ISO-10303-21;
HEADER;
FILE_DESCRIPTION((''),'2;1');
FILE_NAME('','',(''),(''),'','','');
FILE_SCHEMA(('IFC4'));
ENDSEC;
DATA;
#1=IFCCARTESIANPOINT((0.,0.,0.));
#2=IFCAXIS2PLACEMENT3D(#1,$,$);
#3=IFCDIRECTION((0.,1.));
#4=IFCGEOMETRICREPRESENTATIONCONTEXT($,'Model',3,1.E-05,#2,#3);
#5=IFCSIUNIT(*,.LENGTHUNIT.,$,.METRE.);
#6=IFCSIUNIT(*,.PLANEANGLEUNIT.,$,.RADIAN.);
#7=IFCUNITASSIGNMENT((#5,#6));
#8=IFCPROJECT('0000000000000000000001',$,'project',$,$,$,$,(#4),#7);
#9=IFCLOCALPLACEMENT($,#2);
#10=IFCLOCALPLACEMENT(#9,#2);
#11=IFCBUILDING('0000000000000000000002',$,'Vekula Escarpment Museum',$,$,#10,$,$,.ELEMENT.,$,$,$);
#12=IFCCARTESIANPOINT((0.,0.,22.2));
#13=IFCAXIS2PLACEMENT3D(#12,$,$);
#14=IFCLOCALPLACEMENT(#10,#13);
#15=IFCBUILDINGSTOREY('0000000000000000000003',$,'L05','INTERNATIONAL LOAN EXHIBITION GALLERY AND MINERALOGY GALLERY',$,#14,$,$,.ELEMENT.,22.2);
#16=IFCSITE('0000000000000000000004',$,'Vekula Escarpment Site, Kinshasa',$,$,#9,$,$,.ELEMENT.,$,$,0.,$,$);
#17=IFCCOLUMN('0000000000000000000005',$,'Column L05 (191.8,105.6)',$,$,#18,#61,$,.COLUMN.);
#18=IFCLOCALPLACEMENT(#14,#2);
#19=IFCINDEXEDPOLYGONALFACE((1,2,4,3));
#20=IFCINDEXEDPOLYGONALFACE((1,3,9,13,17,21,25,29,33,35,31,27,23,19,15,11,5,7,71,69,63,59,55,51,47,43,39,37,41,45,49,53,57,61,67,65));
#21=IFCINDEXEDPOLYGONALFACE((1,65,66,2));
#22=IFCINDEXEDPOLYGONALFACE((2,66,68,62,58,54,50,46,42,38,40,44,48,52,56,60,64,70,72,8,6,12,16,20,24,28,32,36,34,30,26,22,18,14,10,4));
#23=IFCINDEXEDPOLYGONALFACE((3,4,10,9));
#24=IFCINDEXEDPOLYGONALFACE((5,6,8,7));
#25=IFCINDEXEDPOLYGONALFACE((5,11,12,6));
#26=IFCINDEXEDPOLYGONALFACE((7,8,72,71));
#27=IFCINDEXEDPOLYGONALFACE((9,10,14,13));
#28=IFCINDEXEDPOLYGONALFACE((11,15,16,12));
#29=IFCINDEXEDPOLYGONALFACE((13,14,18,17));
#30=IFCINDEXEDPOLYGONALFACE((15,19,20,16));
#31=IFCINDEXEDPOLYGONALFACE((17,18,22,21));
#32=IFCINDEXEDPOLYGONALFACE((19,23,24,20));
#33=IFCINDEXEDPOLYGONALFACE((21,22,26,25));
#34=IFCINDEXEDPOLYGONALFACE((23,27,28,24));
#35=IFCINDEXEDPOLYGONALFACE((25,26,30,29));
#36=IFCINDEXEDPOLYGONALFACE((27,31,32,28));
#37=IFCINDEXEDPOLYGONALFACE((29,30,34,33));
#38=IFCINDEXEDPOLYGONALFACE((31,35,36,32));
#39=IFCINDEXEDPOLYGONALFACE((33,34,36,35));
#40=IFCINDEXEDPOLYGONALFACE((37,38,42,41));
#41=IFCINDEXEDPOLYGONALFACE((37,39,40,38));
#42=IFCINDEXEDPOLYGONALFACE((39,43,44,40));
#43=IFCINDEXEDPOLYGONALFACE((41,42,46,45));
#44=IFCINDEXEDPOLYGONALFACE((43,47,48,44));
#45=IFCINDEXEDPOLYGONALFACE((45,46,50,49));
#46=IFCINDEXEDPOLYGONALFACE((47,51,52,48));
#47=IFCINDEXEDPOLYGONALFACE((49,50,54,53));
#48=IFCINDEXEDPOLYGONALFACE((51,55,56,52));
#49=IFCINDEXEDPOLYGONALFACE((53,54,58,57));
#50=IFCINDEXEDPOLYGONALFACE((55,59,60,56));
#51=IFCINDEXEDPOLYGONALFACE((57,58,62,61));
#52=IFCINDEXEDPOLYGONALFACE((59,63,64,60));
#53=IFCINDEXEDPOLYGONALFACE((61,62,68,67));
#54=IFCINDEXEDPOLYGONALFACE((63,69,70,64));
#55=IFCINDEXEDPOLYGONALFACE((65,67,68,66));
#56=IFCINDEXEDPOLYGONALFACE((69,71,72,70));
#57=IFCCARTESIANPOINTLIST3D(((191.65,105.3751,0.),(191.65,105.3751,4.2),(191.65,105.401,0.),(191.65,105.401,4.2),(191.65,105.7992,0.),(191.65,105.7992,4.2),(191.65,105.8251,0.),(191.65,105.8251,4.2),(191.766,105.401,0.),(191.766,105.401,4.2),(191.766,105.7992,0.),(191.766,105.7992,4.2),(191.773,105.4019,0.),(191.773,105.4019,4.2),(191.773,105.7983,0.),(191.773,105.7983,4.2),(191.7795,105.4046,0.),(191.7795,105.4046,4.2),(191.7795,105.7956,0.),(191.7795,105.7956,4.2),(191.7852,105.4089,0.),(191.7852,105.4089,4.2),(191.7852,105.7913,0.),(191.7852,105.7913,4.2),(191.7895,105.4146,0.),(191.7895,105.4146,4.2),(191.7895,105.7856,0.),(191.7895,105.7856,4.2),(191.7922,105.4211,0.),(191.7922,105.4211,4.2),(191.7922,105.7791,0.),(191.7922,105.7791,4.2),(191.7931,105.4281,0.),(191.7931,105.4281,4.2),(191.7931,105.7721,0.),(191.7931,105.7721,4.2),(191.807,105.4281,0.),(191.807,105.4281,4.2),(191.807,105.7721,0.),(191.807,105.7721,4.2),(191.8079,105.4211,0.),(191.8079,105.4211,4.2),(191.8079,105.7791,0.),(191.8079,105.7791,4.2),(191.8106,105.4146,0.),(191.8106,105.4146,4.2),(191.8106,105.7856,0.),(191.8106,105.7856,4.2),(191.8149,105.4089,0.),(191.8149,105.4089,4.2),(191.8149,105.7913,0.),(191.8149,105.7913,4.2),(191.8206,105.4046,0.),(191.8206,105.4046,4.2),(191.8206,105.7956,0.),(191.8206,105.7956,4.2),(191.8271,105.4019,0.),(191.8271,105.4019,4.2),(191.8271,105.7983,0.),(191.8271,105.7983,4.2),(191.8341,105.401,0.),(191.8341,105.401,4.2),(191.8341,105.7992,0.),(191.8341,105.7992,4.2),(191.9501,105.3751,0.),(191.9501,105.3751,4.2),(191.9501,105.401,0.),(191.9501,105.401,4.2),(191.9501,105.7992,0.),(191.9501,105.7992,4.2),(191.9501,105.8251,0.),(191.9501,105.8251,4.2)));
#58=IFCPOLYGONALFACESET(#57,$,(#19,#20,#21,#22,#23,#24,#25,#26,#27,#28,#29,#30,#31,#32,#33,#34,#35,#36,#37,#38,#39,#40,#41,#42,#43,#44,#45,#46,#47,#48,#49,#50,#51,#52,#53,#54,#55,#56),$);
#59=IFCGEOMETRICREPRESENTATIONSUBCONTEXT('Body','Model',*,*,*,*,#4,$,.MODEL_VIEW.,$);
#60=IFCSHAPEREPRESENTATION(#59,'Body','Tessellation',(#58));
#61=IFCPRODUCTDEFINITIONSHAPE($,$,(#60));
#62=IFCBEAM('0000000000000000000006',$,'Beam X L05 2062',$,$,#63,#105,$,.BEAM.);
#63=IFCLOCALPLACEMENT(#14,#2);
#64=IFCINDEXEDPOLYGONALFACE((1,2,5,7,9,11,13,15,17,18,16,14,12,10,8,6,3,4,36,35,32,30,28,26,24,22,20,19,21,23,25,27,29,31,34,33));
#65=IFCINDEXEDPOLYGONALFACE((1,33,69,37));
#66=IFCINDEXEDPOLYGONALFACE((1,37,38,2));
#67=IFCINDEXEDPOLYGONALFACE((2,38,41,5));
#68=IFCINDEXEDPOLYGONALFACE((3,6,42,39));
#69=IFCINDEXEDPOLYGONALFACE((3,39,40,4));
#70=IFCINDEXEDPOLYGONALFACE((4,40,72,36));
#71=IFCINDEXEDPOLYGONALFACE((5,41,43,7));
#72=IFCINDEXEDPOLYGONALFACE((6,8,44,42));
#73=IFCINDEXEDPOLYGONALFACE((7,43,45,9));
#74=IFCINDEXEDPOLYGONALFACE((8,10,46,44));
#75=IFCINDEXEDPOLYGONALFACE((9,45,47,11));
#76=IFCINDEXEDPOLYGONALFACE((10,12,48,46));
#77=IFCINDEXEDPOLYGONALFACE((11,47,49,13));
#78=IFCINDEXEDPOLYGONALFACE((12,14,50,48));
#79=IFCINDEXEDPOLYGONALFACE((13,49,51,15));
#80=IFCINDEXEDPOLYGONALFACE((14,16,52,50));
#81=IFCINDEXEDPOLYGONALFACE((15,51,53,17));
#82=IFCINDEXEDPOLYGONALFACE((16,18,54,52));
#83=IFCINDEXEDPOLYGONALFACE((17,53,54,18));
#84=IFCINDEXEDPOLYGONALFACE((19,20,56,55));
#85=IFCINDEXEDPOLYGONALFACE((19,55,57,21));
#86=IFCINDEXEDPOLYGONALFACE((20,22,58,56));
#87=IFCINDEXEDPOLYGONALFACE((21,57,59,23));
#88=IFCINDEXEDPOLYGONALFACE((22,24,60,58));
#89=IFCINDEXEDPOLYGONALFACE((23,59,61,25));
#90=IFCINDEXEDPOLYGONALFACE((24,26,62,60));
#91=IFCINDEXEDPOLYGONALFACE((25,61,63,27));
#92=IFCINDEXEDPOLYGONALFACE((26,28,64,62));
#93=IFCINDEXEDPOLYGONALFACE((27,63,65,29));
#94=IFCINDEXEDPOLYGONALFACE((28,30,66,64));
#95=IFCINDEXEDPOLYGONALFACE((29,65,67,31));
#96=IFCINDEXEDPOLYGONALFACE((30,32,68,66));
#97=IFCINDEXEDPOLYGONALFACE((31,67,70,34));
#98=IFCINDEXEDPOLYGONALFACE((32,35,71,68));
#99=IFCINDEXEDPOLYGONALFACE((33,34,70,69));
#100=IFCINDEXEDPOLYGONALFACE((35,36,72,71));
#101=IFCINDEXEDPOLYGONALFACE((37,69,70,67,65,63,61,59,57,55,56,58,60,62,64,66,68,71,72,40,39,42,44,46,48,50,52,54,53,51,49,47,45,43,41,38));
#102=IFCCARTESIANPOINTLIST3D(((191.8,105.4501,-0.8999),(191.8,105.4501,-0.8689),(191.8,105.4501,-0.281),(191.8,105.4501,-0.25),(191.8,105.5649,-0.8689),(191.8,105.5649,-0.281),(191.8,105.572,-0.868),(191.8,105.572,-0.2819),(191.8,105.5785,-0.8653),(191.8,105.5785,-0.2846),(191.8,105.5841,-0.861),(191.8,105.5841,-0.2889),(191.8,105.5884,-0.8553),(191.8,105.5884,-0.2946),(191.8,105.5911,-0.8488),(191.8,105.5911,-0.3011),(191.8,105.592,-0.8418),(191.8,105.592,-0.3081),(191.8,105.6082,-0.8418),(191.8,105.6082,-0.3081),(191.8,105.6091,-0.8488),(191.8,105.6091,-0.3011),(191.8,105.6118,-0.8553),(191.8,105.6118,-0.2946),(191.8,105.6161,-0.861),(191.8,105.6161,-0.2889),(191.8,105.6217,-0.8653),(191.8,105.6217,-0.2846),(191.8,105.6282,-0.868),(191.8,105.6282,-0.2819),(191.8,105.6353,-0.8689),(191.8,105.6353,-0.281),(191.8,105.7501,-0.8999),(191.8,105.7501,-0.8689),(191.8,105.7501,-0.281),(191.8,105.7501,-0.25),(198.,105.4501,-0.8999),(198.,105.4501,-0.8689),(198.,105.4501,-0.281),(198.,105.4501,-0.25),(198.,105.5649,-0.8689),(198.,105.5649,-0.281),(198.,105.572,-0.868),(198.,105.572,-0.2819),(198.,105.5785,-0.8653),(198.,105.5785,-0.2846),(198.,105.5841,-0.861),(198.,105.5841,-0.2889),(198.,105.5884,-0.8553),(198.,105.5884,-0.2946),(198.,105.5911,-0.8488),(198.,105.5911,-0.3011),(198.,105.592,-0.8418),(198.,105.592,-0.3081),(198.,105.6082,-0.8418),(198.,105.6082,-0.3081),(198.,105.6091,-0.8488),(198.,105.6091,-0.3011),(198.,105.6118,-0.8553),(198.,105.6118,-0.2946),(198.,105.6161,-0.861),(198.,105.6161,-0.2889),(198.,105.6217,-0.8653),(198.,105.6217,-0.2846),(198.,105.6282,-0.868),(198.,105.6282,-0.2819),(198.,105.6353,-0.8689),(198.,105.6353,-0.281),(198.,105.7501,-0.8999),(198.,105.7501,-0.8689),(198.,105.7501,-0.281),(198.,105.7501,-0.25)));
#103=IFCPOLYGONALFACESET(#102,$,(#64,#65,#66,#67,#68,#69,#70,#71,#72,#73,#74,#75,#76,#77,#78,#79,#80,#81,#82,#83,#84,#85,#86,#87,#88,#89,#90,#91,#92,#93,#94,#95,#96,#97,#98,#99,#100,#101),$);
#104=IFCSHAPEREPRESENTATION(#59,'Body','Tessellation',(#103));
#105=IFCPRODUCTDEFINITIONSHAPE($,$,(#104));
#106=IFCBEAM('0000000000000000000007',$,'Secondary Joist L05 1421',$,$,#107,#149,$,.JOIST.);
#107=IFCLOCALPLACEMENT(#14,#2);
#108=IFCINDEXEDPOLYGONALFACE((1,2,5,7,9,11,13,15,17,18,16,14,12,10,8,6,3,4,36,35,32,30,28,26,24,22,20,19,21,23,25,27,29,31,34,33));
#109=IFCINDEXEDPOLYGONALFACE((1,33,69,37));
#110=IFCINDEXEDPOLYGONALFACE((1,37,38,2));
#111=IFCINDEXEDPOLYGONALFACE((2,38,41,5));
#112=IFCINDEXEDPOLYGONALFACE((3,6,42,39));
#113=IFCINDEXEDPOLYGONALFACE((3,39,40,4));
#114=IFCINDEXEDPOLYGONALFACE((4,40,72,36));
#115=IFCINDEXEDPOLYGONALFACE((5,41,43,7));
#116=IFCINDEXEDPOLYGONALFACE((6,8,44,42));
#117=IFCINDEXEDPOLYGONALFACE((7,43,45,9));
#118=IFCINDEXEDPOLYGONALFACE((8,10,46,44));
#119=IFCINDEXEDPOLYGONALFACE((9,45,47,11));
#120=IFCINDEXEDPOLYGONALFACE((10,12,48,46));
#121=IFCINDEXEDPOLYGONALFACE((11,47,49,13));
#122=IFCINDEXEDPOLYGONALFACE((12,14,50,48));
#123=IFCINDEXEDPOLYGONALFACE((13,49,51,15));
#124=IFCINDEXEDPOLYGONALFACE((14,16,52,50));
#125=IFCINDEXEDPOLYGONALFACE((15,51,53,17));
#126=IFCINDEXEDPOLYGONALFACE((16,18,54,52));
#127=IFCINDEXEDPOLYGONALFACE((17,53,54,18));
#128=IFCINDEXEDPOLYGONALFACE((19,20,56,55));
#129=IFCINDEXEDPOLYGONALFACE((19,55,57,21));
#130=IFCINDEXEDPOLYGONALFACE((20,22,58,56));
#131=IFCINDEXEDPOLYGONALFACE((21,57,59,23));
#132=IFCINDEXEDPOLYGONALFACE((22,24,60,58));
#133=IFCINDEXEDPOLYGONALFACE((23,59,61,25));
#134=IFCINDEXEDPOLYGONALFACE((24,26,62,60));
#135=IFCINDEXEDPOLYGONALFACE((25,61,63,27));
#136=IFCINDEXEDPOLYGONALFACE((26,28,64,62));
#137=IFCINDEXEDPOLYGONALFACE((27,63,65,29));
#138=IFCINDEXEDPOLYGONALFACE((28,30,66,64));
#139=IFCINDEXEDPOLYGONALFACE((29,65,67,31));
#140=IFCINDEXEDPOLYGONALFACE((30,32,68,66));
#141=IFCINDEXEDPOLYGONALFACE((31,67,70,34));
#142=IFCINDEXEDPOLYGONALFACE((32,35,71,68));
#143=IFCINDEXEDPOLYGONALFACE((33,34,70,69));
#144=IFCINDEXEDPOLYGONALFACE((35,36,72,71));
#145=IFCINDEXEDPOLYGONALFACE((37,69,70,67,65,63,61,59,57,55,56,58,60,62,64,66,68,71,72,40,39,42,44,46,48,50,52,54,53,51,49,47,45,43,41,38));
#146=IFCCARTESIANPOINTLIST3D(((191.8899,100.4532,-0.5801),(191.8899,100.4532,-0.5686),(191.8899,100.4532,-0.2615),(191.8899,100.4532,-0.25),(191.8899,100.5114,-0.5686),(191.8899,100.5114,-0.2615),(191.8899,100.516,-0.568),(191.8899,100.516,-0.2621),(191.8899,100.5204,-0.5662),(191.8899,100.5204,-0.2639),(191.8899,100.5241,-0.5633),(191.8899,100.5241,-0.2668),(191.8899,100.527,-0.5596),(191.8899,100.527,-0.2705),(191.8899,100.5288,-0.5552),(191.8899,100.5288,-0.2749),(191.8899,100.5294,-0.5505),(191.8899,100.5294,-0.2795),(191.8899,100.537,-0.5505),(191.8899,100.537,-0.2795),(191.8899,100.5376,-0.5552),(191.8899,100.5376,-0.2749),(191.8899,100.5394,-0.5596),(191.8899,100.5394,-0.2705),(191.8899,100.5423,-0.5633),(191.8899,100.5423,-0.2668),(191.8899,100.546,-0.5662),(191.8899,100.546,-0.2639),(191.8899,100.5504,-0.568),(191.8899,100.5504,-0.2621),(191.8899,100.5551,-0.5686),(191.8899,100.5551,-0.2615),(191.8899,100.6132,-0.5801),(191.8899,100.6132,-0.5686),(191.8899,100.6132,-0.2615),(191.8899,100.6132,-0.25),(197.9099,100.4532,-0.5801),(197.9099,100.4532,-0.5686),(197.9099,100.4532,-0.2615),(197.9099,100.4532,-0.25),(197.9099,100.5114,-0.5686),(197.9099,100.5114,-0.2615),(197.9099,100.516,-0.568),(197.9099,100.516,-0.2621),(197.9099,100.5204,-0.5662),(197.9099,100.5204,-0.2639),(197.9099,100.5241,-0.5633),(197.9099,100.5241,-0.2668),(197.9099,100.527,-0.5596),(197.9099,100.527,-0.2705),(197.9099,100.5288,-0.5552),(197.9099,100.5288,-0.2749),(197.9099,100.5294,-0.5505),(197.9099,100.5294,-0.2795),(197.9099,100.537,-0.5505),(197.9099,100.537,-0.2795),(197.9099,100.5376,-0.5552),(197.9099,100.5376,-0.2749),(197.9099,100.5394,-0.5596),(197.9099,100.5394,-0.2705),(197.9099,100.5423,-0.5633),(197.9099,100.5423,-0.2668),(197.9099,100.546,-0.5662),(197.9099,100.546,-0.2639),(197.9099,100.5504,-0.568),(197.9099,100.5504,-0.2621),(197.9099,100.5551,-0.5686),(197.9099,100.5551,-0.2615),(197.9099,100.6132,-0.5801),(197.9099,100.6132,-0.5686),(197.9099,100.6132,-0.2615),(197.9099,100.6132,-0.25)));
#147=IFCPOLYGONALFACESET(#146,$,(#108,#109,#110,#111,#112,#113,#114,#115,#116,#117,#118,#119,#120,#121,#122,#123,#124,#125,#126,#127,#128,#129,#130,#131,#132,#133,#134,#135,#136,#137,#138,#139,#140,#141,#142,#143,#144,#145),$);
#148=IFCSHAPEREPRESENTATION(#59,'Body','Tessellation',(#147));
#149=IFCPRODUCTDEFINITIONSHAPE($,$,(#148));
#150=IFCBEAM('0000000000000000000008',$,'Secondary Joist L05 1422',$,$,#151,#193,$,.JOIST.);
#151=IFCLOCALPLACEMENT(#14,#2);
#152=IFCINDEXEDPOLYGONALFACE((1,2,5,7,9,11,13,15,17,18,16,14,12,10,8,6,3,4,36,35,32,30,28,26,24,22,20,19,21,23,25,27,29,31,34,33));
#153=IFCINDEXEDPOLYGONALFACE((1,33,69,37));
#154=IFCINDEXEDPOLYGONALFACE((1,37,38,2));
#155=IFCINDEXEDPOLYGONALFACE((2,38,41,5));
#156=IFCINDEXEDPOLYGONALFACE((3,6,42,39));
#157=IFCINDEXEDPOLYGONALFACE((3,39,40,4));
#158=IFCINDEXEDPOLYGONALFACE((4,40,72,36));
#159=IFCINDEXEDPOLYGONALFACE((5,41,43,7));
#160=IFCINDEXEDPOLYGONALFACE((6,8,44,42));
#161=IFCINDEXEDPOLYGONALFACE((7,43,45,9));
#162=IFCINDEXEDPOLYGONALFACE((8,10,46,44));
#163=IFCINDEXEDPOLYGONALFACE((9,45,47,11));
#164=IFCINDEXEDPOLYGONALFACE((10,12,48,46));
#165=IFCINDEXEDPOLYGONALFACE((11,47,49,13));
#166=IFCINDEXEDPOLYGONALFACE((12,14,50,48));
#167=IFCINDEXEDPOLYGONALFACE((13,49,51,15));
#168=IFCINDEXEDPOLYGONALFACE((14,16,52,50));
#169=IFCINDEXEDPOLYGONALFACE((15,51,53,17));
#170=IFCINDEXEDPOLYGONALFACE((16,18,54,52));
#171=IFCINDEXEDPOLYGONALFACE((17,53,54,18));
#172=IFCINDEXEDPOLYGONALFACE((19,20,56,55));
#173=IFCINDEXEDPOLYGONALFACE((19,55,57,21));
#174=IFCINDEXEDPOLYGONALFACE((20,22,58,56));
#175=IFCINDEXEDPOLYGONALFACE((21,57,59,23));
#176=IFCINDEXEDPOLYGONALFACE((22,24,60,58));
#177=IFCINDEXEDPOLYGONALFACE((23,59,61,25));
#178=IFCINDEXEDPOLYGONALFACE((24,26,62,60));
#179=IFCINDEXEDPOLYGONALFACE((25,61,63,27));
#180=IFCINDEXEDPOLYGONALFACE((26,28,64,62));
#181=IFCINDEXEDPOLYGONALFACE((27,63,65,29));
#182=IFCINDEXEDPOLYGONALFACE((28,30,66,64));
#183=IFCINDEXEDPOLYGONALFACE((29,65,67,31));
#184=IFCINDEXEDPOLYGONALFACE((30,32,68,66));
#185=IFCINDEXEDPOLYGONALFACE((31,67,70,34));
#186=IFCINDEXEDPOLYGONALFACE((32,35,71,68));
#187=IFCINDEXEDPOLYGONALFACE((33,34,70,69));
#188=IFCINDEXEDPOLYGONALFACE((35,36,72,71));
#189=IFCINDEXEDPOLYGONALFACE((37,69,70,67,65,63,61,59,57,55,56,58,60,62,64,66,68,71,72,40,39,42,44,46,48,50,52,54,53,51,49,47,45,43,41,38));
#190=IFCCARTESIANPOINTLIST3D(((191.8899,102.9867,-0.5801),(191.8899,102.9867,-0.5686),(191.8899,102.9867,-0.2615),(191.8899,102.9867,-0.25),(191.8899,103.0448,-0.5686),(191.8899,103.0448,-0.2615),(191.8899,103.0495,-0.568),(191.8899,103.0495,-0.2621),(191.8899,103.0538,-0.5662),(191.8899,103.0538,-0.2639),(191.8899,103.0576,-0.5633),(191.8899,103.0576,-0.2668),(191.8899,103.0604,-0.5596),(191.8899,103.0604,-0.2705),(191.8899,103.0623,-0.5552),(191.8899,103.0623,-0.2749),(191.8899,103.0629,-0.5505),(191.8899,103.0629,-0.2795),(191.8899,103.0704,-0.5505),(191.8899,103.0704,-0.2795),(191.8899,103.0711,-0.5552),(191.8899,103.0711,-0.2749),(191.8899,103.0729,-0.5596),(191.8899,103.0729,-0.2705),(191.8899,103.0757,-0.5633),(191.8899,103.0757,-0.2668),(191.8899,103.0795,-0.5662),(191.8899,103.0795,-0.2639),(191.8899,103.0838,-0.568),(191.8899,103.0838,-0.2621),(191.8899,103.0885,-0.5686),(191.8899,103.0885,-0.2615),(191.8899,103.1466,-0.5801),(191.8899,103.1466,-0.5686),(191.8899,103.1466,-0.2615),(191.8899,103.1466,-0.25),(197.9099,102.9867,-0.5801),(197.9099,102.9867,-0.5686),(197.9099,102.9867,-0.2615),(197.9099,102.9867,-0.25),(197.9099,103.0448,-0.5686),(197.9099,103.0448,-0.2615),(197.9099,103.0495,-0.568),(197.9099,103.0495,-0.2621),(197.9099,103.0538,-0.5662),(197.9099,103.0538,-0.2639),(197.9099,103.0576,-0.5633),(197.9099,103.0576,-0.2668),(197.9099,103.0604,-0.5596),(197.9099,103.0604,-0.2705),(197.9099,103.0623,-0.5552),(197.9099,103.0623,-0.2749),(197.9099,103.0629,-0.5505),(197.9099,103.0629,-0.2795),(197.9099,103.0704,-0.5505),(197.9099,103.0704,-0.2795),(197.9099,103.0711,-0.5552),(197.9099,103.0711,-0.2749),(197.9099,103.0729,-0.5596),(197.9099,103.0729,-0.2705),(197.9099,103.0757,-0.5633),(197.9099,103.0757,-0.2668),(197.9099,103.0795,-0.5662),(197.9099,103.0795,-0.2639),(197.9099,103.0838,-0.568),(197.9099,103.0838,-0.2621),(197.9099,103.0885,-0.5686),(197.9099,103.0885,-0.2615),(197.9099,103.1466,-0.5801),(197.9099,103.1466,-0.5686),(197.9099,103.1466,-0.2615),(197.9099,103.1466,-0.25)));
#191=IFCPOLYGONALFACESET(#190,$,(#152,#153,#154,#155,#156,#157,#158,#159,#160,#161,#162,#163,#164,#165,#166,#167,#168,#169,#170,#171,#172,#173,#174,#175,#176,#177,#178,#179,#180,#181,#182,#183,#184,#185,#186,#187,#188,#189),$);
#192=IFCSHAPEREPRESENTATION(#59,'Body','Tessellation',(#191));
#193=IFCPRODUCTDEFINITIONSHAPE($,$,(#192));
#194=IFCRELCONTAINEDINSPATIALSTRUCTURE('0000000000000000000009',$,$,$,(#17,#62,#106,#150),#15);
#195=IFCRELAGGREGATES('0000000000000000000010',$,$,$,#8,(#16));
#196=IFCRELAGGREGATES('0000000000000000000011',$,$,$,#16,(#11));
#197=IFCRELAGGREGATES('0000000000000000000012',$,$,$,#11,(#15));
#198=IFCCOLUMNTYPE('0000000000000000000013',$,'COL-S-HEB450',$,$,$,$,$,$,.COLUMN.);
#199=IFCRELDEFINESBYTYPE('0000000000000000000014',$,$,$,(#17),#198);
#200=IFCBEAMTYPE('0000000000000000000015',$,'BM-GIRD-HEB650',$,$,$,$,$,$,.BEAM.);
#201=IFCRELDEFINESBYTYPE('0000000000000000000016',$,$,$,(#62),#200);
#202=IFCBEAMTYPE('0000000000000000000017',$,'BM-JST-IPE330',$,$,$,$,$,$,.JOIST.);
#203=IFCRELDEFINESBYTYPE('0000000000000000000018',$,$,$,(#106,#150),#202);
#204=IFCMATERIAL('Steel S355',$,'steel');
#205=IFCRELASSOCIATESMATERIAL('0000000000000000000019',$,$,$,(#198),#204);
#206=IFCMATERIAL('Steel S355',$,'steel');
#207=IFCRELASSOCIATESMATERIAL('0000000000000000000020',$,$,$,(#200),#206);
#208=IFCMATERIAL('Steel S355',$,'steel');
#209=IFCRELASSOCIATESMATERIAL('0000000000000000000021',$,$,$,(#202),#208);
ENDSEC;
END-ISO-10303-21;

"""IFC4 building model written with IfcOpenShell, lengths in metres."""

from ifc_helpers import new_model, si_unit, direction, frame, origin, origin_2d, place, context, subcontext, project, spatial, i_section, extrude, material, material_profile, profile_set, type_object, element, save


model = new_model("IFC4")

# Units and contexts
model_context = context("Model", 3, precision=1e-05, world=origin(), true_north=direction((0.0, 1.0)))
body_context = subcontext(model_context, "Body", "Model", "MODEL_VIEW")
ifc_project = project(units=[si_unit("LENGTHUNIT", "METRE"), si_unit("PLANEANGLEUNIT", "RADIAN")], contexts=[model_context])

# Site, building, storey
site_placement = place(None, origin())
site = spatial("IfcSite", under=ifc_project, at=site_placement, Name="Vekula Escarpment Site, Kinshasa", CompositionType="ELEMENT", RefElevation=0.0)
building_placement = place(site_placement, origin())
building = spatial("IfcBuilding", under=site, at=building_placement, Name="Vekula Escarpment Museum", CompositionType="ELEMENT")
storey_placement = place(building_placement, frame((0.0, 0.0, 22.2)))
storey = spatial("IfcBuildingStorey", under=building, at=storey_placement, Name="L05", Description="INTERNATIONAL LOAN EXHIBITION GALLERY AND MINERALOGY GALLERY", CompositionType="ELEMENT", Elevation=22.2)

# Column
ifc_material_1 = material(Name="Steel S355", Category="steel")
ifc_material_profile_1 = material_profile(ifc_material_1, i_section(OverallWidth=0.3, OverallDepth=0.45, WebThickness=0.0139, FlangeThickness=0.0259, FilletRadius=0.0271, at=origin_2d()), Name="HEB 450")
ifc_profile_set_1 = profile_set([ifc_material_profile_1], Name="Steel S355")
column_type = type_object("IfcColumnType", Name="COL-S-HEB450", PredefinedType="COLUMN", material=ifc_profile_set_1)
column_placement = place(storey_placement, frame((191.8, 105.6001, 0.0), z_axis=(0.0, 0.0, 1.0), x_axis=(1.0, 0.0, 0.0)))
element("IfcColumn", 1, at=column_placement, inside=storey, type_object=column_type, Name="Column L05 (191.8,105.6)", PredefinedType="COLUMN", context=body_context, shape_type="SweptSolid", body=[
    extrude(i_section(OverallWidth=0.3, OverallDepth=0.45, WebThickness=0.0139, FlangeThickness=0.0259, FilletRadius=0.0271, at=origin_2d()), origin(), (0.0, 0.0, 1.0), 4.2),
])

# Beams
ifc_material_2 = material(Name="Steel S355", Category="steel")
ifc_material_profile_2 = material_profile(ifc_material_2, i_section(OverallWidth=0.3, OverallDepth=0.6499, WebThickness=0.0161, FlangeThickness=0.031, FilletRadius=0.0271, at=origin_2d()), Name="HEB 650")
ifc_profile_set_2 = profile_set([ifc_material_profile_2], Name="Steel S355")
beam_type_1 = type_object("IfcBeamType", Name="BM-GIRD-HEB650", PredefinedType="BEAM", material=ifc_profile_set_2)
beam_1_placement = place(storey_placement, frame((191.8, 105.6001, -0.575), z_axis=(1.0, 0.0, 0.0), x_axis=(0.0, 1.0, 0.0)))
element("IfcBeam", 2, at=beam_1_placement, inside=storey, type_object=beam_type_1, Name="Beam X L05 2062", PredefinedType="BEAM", context=body_context, shape_type="SweptSolid", body=[
    extrude(i_section(OverallWidth=0.3, OverallDepth=0.6499, WebThickness=0.0161, FlangeThickness=0.031, FilletRadius=0.0271, at=origin_2d()), origin(), (0.0, 0.0, 1.0), 6.2),
])
ifc_material_3 = material(Name="Steel S355", Category="steel")
ifc_material_profile_3 = material_profile(ifc_material_3, i_section(OverallWidth=0.1599, OverallDepth=0.3301, WebThickness=0.0076, FlangeThickness=0.0115, FilletRadius=0.0181, at=origin_2d()), Name="IPE 330")
ifc_profile_set_3 = profile_set([ifc_material_profile_3], Name="Steel S355")
beam_type_2 = type_object("IfcBeamType", Name="BM-JST-IPE330", PredefinedType="JOIST", material=ifc_profile_set_3)
for number, where, z_axis, x_axis, name in (
    (3, (191.8899, 100.5332, -0.415), (1.0, 0.0, 0.0), (0.0, 1.0, 0.0), "Secondary Joist L05 1421"),
    (4, (191.8899, 103.0667, -0.415), (1.0, 0.0, 0.0), (0.0, 1.0, 0.0), "Secondary Joist L05 1422"),
):
    element("IfcBeam", number, at=place(storey_placement, frame(where, z_axis=z_axis, x_axis=x_axis)), inside=storey, type_object=beam_type_2, Name=name, PredefinedType="JOIST", context=body_context, shape_type="SweptSolid", body=[
        extrude(i_section(OverallWidth=0.1599, OverallDepth=0.3301, WebThickness=0.0076, FlangeThickness=0.0115, FilletRadius=0.0181, at=origin_2d()), origin(), (0.0, 0.0, 1.0), 6.02),
    ])

save(model, "model.ifc")
